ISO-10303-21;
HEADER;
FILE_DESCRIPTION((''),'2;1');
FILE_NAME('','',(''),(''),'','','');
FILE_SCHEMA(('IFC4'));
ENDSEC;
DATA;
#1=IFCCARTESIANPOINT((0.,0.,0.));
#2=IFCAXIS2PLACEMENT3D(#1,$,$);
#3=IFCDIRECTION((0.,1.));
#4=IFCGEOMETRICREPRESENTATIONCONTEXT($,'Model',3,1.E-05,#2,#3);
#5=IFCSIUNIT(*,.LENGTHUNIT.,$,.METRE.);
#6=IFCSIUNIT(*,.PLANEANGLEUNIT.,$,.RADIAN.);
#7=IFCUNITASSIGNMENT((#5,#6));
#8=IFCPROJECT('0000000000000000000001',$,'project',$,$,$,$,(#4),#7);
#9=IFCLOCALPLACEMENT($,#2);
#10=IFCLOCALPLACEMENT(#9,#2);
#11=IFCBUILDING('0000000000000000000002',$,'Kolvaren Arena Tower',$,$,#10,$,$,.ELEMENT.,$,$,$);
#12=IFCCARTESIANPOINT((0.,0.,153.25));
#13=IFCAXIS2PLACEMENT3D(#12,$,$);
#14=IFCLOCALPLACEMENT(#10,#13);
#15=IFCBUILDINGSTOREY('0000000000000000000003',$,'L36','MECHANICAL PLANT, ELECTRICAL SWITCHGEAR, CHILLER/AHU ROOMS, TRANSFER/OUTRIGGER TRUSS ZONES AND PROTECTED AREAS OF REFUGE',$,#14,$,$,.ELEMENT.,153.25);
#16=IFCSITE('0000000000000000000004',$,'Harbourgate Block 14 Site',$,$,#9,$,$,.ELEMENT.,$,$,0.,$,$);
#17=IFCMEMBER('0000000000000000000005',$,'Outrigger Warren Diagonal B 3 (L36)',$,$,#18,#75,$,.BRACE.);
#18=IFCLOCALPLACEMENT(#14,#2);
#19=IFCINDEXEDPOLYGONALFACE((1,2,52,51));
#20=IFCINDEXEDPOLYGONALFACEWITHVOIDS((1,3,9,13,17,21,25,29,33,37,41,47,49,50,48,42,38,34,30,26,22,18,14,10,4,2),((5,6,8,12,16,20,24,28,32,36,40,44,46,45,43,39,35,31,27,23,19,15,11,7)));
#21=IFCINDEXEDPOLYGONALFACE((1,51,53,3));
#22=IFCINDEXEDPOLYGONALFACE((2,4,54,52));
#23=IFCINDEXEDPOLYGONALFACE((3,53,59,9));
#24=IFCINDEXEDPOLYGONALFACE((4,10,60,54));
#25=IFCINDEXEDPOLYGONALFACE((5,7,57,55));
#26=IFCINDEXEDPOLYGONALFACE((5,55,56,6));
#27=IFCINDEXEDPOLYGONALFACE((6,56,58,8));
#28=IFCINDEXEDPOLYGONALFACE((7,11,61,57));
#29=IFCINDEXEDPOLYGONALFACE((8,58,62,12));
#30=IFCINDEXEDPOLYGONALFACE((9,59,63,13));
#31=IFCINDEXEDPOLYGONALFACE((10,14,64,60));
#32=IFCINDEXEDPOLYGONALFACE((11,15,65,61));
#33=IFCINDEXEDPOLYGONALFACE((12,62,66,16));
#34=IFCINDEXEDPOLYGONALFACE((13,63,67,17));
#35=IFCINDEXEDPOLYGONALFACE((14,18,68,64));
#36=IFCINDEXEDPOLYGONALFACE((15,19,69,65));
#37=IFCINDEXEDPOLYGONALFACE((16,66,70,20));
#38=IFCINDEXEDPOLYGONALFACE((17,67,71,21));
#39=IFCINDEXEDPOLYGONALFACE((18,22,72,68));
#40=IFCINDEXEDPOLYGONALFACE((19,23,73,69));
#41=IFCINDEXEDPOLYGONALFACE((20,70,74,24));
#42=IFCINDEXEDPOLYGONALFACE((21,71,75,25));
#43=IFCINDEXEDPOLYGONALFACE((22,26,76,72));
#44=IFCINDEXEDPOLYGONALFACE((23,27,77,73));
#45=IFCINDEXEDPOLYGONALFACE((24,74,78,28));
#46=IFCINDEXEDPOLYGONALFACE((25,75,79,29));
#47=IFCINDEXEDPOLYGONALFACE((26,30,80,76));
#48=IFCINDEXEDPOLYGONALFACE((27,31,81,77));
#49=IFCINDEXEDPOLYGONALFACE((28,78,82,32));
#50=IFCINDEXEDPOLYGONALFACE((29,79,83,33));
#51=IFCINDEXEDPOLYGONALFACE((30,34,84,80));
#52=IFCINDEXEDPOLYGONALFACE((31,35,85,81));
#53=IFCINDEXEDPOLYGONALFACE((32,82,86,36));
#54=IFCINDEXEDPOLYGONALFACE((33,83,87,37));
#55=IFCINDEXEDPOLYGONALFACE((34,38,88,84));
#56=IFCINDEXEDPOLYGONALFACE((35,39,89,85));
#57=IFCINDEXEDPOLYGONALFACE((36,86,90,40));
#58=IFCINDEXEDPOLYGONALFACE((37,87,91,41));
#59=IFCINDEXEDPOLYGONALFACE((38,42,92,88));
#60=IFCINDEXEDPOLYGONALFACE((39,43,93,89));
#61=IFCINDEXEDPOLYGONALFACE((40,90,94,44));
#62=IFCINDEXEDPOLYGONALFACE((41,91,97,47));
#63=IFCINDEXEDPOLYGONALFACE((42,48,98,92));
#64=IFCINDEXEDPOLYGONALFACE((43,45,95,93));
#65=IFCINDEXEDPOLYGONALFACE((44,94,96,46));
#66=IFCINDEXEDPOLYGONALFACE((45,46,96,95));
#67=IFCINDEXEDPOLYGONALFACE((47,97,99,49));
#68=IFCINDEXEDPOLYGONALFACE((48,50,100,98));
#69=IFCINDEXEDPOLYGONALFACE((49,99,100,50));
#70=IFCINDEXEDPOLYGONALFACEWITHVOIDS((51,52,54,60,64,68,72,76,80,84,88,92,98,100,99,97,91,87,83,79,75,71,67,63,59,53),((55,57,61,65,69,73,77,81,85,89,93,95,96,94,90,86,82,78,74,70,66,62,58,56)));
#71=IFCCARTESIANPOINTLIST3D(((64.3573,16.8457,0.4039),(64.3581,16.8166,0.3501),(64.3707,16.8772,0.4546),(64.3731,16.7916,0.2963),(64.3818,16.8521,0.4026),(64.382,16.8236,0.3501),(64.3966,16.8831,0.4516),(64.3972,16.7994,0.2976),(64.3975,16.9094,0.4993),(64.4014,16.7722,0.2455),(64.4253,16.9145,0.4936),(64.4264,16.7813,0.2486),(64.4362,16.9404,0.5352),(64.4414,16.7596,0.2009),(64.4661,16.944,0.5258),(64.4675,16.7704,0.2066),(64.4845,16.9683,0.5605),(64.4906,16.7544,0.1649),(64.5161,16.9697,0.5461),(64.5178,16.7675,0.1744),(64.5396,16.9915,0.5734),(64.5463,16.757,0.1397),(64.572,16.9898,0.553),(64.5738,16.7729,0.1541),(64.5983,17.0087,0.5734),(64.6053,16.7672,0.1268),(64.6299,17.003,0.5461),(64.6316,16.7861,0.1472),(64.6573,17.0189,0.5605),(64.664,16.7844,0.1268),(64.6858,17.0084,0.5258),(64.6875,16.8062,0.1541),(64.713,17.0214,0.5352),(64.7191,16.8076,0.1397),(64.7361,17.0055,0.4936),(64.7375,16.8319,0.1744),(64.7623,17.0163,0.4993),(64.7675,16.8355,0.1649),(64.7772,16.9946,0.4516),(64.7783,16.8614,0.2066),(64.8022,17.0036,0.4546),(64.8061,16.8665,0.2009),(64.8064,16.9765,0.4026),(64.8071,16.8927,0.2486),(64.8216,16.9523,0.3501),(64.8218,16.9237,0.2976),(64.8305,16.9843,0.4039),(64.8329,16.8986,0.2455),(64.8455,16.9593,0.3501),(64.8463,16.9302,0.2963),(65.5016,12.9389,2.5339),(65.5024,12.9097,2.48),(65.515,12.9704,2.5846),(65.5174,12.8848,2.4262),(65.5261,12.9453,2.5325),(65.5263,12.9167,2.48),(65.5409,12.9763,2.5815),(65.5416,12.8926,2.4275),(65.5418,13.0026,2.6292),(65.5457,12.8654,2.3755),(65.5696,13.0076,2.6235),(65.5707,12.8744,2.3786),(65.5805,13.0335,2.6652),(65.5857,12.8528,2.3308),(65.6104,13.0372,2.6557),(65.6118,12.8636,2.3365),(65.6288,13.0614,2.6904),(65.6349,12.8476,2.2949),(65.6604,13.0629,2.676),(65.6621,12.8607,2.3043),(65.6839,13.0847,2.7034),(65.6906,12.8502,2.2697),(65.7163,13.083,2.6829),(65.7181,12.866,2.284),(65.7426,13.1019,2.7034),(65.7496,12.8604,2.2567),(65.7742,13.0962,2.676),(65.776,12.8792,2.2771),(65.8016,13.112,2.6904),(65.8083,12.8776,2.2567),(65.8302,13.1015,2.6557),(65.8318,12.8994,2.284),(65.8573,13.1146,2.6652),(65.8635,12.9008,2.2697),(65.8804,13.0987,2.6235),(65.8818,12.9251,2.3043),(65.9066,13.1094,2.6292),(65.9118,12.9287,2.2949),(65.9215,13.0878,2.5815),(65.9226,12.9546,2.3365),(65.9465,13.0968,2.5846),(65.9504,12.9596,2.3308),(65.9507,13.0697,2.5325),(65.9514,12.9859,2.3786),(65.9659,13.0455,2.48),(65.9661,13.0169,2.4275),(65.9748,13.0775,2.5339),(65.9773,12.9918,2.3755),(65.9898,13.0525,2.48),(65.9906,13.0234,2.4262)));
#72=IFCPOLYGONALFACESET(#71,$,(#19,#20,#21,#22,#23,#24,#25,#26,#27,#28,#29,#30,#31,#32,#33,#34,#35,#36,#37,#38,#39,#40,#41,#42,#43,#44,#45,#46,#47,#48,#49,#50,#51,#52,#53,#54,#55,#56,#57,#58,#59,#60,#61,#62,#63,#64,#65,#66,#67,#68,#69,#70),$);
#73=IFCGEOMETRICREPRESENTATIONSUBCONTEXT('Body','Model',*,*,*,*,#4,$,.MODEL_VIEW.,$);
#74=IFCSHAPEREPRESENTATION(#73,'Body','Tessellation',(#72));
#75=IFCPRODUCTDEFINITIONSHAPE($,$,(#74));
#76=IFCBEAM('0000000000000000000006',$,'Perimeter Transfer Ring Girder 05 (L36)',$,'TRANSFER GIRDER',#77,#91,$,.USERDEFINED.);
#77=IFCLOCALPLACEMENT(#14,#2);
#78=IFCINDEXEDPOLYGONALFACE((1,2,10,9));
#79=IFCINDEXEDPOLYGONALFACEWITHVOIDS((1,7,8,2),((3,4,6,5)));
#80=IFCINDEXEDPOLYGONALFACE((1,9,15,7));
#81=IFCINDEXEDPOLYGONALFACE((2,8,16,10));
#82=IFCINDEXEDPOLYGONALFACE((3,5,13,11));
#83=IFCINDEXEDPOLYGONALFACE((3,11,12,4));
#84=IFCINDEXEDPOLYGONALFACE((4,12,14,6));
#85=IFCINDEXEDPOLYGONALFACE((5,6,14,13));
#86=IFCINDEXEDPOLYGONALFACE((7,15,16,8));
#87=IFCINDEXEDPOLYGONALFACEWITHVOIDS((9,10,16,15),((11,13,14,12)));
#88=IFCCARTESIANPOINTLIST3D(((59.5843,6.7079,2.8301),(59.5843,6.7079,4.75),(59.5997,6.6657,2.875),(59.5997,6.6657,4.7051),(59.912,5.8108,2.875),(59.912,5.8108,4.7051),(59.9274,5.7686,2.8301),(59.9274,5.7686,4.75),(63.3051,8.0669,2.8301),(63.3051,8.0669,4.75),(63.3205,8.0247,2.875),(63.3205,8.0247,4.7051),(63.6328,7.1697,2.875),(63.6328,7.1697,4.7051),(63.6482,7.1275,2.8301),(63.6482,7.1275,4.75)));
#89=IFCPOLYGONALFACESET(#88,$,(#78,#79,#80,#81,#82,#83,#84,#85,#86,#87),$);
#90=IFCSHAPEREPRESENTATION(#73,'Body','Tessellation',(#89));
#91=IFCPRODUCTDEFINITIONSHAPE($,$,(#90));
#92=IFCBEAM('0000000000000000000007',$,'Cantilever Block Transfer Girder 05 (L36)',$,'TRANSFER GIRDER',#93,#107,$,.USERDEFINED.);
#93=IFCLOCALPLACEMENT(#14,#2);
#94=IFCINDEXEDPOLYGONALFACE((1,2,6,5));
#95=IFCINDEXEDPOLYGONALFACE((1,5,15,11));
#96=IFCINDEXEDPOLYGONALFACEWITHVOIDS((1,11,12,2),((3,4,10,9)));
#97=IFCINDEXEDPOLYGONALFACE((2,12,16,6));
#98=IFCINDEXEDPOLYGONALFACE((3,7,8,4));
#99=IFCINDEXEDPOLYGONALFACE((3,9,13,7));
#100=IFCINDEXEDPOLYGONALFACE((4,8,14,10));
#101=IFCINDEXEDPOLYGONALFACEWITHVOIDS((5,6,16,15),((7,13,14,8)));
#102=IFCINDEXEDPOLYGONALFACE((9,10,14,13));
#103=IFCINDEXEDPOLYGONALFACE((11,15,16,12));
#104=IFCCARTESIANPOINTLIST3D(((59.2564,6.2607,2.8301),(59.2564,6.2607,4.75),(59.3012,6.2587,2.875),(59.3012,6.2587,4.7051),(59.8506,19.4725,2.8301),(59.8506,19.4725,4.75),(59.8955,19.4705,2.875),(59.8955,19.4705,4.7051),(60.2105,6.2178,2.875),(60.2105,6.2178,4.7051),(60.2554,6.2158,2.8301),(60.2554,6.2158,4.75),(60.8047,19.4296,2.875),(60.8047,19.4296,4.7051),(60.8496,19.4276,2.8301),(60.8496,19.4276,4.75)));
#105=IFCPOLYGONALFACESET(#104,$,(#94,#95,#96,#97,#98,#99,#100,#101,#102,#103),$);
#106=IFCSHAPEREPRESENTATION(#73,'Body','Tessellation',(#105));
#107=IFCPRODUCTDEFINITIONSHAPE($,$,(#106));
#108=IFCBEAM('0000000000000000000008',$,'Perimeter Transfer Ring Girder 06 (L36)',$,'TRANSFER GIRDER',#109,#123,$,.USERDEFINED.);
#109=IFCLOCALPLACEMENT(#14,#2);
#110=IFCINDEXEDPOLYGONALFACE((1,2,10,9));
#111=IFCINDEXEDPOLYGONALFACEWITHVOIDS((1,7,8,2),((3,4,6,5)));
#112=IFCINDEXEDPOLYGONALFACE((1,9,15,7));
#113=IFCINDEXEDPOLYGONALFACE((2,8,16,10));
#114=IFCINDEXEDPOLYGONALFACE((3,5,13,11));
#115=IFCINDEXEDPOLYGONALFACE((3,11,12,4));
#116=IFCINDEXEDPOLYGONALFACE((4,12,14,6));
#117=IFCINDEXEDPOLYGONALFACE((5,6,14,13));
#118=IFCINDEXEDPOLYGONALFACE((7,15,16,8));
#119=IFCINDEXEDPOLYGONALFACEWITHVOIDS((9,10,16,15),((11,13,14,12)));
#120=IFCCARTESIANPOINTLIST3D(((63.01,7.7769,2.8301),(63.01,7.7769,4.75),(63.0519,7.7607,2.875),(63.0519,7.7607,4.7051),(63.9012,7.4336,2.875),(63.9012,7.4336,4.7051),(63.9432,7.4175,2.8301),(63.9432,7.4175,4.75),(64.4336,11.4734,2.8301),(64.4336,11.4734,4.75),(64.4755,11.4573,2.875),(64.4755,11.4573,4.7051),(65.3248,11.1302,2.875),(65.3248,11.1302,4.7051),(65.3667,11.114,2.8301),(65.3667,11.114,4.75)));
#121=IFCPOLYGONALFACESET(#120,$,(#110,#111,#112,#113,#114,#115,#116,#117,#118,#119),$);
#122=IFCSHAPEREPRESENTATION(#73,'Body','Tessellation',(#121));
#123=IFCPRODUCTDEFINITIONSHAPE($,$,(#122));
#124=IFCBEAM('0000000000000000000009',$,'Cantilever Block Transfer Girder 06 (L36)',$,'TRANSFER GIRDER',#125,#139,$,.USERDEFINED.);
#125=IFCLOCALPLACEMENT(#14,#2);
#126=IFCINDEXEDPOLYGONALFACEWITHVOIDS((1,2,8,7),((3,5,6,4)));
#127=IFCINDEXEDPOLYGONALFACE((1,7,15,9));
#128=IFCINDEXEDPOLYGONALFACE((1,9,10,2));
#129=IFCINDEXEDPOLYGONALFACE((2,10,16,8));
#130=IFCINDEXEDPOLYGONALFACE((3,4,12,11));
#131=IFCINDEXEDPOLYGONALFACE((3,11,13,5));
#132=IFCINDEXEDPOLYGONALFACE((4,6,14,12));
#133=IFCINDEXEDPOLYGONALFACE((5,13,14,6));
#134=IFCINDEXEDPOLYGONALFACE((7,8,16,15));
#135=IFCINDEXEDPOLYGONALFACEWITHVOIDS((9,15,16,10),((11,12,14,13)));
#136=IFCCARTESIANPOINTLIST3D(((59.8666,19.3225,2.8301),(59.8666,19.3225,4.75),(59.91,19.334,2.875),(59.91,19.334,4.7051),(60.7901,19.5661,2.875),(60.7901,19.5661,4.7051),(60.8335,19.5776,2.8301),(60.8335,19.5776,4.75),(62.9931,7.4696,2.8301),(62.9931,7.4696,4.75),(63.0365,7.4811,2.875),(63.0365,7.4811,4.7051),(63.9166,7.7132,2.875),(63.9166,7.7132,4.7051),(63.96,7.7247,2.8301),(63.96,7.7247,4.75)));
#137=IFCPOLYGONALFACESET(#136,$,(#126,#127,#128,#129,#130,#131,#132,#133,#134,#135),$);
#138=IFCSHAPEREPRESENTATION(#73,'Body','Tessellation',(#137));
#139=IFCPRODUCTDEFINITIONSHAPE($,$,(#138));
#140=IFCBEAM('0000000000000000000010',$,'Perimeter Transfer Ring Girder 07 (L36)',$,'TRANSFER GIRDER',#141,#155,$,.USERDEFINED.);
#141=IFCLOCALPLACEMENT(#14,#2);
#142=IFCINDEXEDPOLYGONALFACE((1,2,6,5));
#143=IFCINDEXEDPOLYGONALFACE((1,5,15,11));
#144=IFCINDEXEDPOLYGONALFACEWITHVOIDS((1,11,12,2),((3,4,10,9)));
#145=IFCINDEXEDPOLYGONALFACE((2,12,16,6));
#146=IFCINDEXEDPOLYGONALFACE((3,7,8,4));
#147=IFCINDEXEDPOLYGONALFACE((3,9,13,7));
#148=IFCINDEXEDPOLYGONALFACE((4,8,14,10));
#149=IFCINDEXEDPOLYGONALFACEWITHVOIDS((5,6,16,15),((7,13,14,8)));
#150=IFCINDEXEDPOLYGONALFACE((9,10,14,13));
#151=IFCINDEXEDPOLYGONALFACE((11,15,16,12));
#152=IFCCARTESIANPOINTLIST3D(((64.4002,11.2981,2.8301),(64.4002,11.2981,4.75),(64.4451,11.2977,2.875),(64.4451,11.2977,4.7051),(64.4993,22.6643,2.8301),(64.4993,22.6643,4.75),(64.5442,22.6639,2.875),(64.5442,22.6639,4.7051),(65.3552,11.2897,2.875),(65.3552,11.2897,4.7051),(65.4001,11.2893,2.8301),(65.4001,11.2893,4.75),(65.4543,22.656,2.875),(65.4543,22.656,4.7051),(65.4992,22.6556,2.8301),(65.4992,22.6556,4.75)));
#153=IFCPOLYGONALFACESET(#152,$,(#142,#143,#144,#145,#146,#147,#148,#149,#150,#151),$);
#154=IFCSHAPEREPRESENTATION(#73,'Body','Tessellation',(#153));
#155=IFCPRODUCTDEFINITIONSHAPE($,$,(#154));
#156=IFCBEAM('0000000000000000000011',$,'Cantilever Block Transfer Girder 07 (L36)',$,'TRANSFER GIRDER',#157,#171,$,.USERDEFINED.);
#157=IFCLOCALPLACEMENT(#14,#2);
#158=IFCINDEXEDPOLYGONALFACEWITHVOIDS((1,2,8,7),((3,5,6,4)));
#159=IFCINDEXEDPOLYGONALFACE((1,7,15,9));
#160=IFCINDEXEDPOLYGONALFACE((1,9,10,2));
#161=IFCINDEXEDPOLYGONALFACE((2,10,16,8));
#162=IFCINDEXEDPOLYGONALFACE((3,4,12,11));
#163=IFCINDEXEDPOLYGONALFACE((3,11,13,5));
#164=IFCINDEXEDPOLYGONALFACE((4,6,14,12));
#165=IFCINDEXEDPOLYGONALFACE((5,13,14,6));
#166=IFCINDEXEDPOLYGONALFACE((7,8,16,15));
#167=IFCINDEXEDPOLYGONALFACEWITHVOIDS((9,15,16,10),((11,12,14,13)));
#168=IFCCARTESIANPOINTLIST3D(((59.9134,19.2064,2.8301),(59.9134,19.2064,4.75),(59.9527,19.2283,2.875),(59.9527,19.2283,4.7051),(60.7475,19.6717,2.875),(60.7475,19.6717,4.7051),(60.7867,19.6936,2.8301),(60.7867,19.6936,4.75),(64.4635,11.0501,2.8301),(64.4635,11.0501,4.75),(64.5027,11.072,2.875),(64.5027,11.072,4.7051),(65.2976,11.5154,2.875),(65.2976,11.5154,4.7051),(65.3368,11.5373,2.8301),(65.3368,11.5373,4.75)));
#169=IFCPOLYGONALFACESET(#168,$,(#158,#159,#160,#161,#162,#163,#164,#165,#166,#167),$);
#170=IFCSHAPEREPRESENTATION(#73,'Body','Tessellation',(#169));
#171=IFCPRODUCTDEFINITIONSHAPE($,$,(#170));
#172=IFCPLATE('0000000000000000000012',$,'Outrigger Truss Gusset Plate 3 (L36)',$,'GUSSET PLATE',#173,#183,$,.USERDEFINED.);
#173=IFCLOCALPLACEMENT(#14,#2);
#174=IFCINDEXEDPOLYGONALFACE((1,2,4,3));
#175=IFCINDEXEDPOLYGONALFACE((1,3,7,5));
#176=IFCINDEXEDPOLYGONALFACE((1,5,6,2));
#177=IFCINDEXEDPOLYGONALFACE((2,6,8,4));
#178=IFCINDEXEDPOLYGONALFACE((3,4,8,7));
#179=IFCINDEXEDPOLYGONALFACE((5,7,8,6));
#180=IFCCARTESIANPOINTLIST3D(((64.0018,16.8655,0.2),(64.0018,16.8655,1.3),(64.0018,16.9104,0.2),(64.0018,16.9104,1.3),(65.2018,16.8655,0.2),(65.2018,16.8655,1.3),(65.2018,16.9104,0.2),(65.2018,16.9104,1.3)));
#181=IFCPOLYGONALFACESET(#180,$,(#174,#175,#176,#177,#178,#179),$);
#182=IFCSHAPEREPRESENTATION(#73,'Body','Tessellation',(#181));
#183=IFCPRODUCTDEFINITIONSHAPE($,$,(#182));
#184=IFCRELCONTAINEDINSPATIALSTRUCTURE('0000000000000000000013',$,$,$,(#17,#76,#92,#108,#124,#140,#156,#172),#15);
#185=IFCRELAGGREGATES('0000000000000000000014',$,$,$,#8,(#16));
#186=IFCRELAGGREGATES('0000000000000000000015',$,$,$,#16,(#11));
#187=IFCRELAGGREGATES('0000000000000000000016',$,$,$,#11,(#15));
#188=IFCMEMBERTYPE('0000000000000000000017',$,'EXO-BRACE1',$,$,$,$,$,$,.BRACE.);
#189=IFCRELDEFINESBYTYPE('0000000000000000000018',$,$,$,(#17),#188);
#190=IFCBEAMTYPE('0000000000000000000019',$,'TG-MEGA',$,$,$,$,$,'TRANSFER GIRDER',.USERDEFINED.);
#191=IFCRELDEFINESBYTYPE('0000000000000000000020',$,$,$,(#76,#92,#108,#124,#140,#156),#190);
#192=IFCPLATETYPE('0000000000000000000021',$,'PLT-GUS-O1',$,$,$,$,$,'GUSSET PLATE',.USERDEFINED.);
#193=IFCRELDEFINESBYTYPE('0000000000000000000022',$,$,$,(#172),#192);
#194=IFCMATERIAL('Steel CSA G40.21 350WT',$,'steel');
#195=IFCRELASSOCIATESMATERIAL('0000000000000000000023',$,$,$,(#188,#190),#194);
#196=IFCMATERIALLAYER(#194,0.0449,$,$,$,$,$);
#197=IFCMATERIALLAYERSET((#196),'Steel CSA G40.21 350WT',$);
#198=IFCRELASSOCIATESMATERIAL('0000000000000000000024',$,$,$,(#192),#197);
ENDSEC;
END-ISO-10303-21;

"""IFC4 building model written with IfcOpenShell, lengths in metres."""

from ifc_helpers import new_model, si_unit, direction, frame, origin, origin_2d, place, context, subcontext, project, spatial, rectangle, hollow_rectangle, hollow_circle, extrude, material, layer, layer_set, material_profile, profile_set, type_object, element, save


model = new_model("IFC4")

# Units and contexts
model_context = context("Model", 3, precision=1e-05, world=origin(), true_north=direction((0.0, 1.0)))
body_context = subcontext(model_context, "Body", "Model", "MODEL_VIEW")
ifc_project = project(units=[si_unit("LENGTHUNIT", "METRE"), si_unit("PLANEANGLEUNIT", "RADIAN")], contexts=[model_context])

# Site, building, storey
site_placement = place(None, origin())
site = spatial("IfcSite", under=ifc_project, at=site_placement, Name="Harbourgate Block 14 Site", CompositionType="ELEMENT", RefElevation=0.0)
building_placement = place(site_placement, origin())
building = spatial("IfcBuilding", under=site, at=building_placement, Name="Kolvaren Arena Tower", CompositionType="ELEMENT")
storey_placement = place(building_placement, frame((0.0, 0.0, 153.25)))
storey = spatial("IfcBuildingStorey", under=building, at=storey_placement, Name="L36", Description="MECHANICAL PLANT, ELECTRICAL SWITCHGEAR, CHILLER/AHU ROOMS, TRANSFER/OUTRIGGER TRUSS ZONES AND PROTECTED AREAS OF REFUGE", CompositionType="ELEMENT", Elevation=153.25)

# Member
ifc_material_1 = material(Name="Steel CSA G40.21 350WT", Category="steel")
ifc_material_profile_1 = material_profile(ifc_material_1, hollow_circle(Radius=0.2539, WallThickness=0.0249, at=origin_2d()), Name="CHS 508x25")
ifc_profile_set_1 = profile_set([ifc_material_profile_1], Name="Steel CSA G40.21 350WT")
member_type_1 = type_object("IfcMemberType", Name="EXO-BRACE1", PredefinedType="BRACE", material=ifc_profile_set_1)
member_1_placement = place(storey_placement, frame((64.6018, 16.8879, 0.3501), z_axis=(0.249062, -0.850328, 0.463584), x_axis=(0.959681, 0.281091, 0.0)))
element("IfcMember", 1, at=member_1_placement, inside=storey, type_object=member_type_1, Name="Outrigger Warren Diagonal B 3 (L36)", PredefinedType="BRACE", context=body_context, shape_type="SweptSolid", body=[
    extrude(hollow_circle(Radius=0.2539, WallThickness=0.0249, at=origin_2d()), origin(), (0.0, 0.0, 1.0), 4.5945),
])

# Beams
ifc_material_profile_2 = material_profile(ifc_material_1, hollow_rectangle(XDim=1.0, YDim=1.9199, WallThickness=0.0449, at=origin_2d()), Name="BOX 1000x1920x45")
ifc_profile_set_2 = profile_set([ifc_material_profile_2], Name="Steel CSA G40.21 350WT")
beam_type = type_object("IfcBeamType", Name="TG-MEGA", ElementType="TRANSFER GIRDER", PredefinedType="USERDEFINED", material=ifc_profile_set_2)
beam_1_placement = place(storey_placement, frame((59.7559, 6.2383, 3.79), z_axis=(0.939314, 0.343059, 0.0), x_axis=(-0.343059, 0.939314, 0.0)))
element("IfcBeam", 2, at=beam_1_placement, inside=storey, type_object=beam_type, Name="Perimeter Transfer Ring Girder 05 (L36)", ObjectType="TRANSFER GIRDER", PredefinedType="USERDEFINED", context=body_context, shape_type="SweptSolid", body=[
    extrude(hollow_rectangle(XDim=1.0, YDim=1.9199, WallThickness=0.0449, at=origin_2d()), origin(), (0.0, 0.0, 1.0), 3.9612),
])
beam_2_placement = place(storey_placement, frame((59.7559, 6.2383, 3.79), z_axis=(0.044933, 0.99899, 0.0), x_axis=(-0.99899, 0.044933, 0.0)))
element("IfcBeam", 3, at=beam_2_placement, inside=storey, type_object=beam_type, Name="Cantilever Block Transfer Girder 05 (L36)", ObjectType="TRANSFER GIRDER", PredefinedType="USERDEFINED", context=body_context, shape_type="SweptSolid", body=[
    extrude(hollow_rectangle(XDim=1.0, YDim=1.9199, WallThickness=0.0449, at=origin_2d()), origin(), (0.0, 0.0, 1.0), 13.2251),
])
beam_3_placement = place(storey_placement, frame((63.4766, 7.5972, 3.79), z_axis=(0.359384, 0.93319, 0.0), x_axis=(-0.93319, 0.359384, 0.0)))
element("IfcBeam", 4, at=beam_3_placement, inside=storey, type_object=beam_type, Name="Perimeter Transfer Ring Girder 06 (L36)", ObjectType="TRANSFER GIRDER", PredefinedType="USERDEFINED", context=body_context, shape_type="SweptSolid", body=[
    extrude(hollow_rectangle(XDim=1.0, YDim=1.9199, WallThickness=0.0449, at=origin_2d()), origin(), (0.0, 0.0, 1.0), 3.9612),
])
beam_4_placement = place(storey_placement, frame((63.4766, 7.5972, 3.79), z_axis=(-0.255051, 0.966928, 0.0), x_axis=(-0.966928, -0.255051, 0.0)))
element("IfcBeam", 5, at=beam_4_placement, inside=storey, type_object=beam_type, Name="Cantilever Block Transfer Girder 06 (L36)", ObjectType="TRANSFER GIRDER", PredefinedType="USERDEFINED", context=body_context, shape_type="SweptSolid", body=[
    extrude(hollow_rectangle(XDim=1.0, YDim=1.9199, WallThickness=0.0449, at=origin_2d()), origin(), (0.0, 0.0, 1.0), 12.2583),
])
beam_5_placement = place(storey_placement, frame((64.9001, 11.2937, 3.79), z_axis=(0.00872, 0.999962, 0.0), x_axis=(-0.999962, 0.00872, 0.0)))
element("IfcBeam", 6, at=beam_5_placement, inside=storey, type_object=beam_type, Name="Perimeter Transfer Ring Girder 07 (L36)", ObjectType="TRANSFER GIRDER", PredefinedType="USERDEFINED", context=body_context, shape_type="SweptSolid", body=[
    extrude(hollow_rectangle(XDim=1.0, YDim=1.9199, WallThickness=0.0449, at=origin_2d()), origin(), (0.0, 0.0, 1.0), 11.3667),
])
beam_6_placement = place(storey_placement, frame((64.9001, 11.2937, 3.79), z_axis=(-0.48718, 0.873301, 0.0), x_axis=(-0.873301, -0.48718, 0.0)))
element("IfcBeam", 7, at=beam_6_placement, inside=storey, type_object=beam_type, Name="Cantilever Block Transfer Girder 07 (L36)", ObjectType="TRANSFER GIRDER", PredefinedType="USERDEFINED", context=body_context, shape_type="SweptSolid", body=[
    extrude(hollow_rectangle(XDim=1.0, YDim=1.9199, WallThickness=0.0449, at=origin_2d()), origin(), (0.0, 0.0, 1.0), 9.3396),
])

# Plate
ifc_layer_1 = layer(ifc_material_1, 0.0449)
ifc_layer_set_1 = layer_set([ifc_layer_1], Name="Steel CSA G40.21 350WT")
plate_type = type_object("IfcPlateType", Name="PLT-GUS-O1", ElementType="GUSSET PLATE", PredefinedType="USERDEFINED", material=ifc_layer_set_1)
plate_placement = place(storey_placement, frame((64.6018, 16.8879, 0.2), z_axis=(0.0, 0.0, 1.0), x_axis=(1.0, 0.0, 0.0)))
element("IfcPlate", 8, at=plate_placement, inside=storey, type_object=plate_type, Name="Outrigger Truss Gusset Plate 3 (L36)", ObjectType="GUSSET PLATE", PredefinedType="USERDEFINED", context=body_context, shape_type="SweptSolid", body=[
    extrude(rectangle(XDim=1.2, YDim=0.0449, at=origin_2d()), origin(), (0.0, 0.0, 1.0), 1.1001),
])

save(model, "model.ifc")
